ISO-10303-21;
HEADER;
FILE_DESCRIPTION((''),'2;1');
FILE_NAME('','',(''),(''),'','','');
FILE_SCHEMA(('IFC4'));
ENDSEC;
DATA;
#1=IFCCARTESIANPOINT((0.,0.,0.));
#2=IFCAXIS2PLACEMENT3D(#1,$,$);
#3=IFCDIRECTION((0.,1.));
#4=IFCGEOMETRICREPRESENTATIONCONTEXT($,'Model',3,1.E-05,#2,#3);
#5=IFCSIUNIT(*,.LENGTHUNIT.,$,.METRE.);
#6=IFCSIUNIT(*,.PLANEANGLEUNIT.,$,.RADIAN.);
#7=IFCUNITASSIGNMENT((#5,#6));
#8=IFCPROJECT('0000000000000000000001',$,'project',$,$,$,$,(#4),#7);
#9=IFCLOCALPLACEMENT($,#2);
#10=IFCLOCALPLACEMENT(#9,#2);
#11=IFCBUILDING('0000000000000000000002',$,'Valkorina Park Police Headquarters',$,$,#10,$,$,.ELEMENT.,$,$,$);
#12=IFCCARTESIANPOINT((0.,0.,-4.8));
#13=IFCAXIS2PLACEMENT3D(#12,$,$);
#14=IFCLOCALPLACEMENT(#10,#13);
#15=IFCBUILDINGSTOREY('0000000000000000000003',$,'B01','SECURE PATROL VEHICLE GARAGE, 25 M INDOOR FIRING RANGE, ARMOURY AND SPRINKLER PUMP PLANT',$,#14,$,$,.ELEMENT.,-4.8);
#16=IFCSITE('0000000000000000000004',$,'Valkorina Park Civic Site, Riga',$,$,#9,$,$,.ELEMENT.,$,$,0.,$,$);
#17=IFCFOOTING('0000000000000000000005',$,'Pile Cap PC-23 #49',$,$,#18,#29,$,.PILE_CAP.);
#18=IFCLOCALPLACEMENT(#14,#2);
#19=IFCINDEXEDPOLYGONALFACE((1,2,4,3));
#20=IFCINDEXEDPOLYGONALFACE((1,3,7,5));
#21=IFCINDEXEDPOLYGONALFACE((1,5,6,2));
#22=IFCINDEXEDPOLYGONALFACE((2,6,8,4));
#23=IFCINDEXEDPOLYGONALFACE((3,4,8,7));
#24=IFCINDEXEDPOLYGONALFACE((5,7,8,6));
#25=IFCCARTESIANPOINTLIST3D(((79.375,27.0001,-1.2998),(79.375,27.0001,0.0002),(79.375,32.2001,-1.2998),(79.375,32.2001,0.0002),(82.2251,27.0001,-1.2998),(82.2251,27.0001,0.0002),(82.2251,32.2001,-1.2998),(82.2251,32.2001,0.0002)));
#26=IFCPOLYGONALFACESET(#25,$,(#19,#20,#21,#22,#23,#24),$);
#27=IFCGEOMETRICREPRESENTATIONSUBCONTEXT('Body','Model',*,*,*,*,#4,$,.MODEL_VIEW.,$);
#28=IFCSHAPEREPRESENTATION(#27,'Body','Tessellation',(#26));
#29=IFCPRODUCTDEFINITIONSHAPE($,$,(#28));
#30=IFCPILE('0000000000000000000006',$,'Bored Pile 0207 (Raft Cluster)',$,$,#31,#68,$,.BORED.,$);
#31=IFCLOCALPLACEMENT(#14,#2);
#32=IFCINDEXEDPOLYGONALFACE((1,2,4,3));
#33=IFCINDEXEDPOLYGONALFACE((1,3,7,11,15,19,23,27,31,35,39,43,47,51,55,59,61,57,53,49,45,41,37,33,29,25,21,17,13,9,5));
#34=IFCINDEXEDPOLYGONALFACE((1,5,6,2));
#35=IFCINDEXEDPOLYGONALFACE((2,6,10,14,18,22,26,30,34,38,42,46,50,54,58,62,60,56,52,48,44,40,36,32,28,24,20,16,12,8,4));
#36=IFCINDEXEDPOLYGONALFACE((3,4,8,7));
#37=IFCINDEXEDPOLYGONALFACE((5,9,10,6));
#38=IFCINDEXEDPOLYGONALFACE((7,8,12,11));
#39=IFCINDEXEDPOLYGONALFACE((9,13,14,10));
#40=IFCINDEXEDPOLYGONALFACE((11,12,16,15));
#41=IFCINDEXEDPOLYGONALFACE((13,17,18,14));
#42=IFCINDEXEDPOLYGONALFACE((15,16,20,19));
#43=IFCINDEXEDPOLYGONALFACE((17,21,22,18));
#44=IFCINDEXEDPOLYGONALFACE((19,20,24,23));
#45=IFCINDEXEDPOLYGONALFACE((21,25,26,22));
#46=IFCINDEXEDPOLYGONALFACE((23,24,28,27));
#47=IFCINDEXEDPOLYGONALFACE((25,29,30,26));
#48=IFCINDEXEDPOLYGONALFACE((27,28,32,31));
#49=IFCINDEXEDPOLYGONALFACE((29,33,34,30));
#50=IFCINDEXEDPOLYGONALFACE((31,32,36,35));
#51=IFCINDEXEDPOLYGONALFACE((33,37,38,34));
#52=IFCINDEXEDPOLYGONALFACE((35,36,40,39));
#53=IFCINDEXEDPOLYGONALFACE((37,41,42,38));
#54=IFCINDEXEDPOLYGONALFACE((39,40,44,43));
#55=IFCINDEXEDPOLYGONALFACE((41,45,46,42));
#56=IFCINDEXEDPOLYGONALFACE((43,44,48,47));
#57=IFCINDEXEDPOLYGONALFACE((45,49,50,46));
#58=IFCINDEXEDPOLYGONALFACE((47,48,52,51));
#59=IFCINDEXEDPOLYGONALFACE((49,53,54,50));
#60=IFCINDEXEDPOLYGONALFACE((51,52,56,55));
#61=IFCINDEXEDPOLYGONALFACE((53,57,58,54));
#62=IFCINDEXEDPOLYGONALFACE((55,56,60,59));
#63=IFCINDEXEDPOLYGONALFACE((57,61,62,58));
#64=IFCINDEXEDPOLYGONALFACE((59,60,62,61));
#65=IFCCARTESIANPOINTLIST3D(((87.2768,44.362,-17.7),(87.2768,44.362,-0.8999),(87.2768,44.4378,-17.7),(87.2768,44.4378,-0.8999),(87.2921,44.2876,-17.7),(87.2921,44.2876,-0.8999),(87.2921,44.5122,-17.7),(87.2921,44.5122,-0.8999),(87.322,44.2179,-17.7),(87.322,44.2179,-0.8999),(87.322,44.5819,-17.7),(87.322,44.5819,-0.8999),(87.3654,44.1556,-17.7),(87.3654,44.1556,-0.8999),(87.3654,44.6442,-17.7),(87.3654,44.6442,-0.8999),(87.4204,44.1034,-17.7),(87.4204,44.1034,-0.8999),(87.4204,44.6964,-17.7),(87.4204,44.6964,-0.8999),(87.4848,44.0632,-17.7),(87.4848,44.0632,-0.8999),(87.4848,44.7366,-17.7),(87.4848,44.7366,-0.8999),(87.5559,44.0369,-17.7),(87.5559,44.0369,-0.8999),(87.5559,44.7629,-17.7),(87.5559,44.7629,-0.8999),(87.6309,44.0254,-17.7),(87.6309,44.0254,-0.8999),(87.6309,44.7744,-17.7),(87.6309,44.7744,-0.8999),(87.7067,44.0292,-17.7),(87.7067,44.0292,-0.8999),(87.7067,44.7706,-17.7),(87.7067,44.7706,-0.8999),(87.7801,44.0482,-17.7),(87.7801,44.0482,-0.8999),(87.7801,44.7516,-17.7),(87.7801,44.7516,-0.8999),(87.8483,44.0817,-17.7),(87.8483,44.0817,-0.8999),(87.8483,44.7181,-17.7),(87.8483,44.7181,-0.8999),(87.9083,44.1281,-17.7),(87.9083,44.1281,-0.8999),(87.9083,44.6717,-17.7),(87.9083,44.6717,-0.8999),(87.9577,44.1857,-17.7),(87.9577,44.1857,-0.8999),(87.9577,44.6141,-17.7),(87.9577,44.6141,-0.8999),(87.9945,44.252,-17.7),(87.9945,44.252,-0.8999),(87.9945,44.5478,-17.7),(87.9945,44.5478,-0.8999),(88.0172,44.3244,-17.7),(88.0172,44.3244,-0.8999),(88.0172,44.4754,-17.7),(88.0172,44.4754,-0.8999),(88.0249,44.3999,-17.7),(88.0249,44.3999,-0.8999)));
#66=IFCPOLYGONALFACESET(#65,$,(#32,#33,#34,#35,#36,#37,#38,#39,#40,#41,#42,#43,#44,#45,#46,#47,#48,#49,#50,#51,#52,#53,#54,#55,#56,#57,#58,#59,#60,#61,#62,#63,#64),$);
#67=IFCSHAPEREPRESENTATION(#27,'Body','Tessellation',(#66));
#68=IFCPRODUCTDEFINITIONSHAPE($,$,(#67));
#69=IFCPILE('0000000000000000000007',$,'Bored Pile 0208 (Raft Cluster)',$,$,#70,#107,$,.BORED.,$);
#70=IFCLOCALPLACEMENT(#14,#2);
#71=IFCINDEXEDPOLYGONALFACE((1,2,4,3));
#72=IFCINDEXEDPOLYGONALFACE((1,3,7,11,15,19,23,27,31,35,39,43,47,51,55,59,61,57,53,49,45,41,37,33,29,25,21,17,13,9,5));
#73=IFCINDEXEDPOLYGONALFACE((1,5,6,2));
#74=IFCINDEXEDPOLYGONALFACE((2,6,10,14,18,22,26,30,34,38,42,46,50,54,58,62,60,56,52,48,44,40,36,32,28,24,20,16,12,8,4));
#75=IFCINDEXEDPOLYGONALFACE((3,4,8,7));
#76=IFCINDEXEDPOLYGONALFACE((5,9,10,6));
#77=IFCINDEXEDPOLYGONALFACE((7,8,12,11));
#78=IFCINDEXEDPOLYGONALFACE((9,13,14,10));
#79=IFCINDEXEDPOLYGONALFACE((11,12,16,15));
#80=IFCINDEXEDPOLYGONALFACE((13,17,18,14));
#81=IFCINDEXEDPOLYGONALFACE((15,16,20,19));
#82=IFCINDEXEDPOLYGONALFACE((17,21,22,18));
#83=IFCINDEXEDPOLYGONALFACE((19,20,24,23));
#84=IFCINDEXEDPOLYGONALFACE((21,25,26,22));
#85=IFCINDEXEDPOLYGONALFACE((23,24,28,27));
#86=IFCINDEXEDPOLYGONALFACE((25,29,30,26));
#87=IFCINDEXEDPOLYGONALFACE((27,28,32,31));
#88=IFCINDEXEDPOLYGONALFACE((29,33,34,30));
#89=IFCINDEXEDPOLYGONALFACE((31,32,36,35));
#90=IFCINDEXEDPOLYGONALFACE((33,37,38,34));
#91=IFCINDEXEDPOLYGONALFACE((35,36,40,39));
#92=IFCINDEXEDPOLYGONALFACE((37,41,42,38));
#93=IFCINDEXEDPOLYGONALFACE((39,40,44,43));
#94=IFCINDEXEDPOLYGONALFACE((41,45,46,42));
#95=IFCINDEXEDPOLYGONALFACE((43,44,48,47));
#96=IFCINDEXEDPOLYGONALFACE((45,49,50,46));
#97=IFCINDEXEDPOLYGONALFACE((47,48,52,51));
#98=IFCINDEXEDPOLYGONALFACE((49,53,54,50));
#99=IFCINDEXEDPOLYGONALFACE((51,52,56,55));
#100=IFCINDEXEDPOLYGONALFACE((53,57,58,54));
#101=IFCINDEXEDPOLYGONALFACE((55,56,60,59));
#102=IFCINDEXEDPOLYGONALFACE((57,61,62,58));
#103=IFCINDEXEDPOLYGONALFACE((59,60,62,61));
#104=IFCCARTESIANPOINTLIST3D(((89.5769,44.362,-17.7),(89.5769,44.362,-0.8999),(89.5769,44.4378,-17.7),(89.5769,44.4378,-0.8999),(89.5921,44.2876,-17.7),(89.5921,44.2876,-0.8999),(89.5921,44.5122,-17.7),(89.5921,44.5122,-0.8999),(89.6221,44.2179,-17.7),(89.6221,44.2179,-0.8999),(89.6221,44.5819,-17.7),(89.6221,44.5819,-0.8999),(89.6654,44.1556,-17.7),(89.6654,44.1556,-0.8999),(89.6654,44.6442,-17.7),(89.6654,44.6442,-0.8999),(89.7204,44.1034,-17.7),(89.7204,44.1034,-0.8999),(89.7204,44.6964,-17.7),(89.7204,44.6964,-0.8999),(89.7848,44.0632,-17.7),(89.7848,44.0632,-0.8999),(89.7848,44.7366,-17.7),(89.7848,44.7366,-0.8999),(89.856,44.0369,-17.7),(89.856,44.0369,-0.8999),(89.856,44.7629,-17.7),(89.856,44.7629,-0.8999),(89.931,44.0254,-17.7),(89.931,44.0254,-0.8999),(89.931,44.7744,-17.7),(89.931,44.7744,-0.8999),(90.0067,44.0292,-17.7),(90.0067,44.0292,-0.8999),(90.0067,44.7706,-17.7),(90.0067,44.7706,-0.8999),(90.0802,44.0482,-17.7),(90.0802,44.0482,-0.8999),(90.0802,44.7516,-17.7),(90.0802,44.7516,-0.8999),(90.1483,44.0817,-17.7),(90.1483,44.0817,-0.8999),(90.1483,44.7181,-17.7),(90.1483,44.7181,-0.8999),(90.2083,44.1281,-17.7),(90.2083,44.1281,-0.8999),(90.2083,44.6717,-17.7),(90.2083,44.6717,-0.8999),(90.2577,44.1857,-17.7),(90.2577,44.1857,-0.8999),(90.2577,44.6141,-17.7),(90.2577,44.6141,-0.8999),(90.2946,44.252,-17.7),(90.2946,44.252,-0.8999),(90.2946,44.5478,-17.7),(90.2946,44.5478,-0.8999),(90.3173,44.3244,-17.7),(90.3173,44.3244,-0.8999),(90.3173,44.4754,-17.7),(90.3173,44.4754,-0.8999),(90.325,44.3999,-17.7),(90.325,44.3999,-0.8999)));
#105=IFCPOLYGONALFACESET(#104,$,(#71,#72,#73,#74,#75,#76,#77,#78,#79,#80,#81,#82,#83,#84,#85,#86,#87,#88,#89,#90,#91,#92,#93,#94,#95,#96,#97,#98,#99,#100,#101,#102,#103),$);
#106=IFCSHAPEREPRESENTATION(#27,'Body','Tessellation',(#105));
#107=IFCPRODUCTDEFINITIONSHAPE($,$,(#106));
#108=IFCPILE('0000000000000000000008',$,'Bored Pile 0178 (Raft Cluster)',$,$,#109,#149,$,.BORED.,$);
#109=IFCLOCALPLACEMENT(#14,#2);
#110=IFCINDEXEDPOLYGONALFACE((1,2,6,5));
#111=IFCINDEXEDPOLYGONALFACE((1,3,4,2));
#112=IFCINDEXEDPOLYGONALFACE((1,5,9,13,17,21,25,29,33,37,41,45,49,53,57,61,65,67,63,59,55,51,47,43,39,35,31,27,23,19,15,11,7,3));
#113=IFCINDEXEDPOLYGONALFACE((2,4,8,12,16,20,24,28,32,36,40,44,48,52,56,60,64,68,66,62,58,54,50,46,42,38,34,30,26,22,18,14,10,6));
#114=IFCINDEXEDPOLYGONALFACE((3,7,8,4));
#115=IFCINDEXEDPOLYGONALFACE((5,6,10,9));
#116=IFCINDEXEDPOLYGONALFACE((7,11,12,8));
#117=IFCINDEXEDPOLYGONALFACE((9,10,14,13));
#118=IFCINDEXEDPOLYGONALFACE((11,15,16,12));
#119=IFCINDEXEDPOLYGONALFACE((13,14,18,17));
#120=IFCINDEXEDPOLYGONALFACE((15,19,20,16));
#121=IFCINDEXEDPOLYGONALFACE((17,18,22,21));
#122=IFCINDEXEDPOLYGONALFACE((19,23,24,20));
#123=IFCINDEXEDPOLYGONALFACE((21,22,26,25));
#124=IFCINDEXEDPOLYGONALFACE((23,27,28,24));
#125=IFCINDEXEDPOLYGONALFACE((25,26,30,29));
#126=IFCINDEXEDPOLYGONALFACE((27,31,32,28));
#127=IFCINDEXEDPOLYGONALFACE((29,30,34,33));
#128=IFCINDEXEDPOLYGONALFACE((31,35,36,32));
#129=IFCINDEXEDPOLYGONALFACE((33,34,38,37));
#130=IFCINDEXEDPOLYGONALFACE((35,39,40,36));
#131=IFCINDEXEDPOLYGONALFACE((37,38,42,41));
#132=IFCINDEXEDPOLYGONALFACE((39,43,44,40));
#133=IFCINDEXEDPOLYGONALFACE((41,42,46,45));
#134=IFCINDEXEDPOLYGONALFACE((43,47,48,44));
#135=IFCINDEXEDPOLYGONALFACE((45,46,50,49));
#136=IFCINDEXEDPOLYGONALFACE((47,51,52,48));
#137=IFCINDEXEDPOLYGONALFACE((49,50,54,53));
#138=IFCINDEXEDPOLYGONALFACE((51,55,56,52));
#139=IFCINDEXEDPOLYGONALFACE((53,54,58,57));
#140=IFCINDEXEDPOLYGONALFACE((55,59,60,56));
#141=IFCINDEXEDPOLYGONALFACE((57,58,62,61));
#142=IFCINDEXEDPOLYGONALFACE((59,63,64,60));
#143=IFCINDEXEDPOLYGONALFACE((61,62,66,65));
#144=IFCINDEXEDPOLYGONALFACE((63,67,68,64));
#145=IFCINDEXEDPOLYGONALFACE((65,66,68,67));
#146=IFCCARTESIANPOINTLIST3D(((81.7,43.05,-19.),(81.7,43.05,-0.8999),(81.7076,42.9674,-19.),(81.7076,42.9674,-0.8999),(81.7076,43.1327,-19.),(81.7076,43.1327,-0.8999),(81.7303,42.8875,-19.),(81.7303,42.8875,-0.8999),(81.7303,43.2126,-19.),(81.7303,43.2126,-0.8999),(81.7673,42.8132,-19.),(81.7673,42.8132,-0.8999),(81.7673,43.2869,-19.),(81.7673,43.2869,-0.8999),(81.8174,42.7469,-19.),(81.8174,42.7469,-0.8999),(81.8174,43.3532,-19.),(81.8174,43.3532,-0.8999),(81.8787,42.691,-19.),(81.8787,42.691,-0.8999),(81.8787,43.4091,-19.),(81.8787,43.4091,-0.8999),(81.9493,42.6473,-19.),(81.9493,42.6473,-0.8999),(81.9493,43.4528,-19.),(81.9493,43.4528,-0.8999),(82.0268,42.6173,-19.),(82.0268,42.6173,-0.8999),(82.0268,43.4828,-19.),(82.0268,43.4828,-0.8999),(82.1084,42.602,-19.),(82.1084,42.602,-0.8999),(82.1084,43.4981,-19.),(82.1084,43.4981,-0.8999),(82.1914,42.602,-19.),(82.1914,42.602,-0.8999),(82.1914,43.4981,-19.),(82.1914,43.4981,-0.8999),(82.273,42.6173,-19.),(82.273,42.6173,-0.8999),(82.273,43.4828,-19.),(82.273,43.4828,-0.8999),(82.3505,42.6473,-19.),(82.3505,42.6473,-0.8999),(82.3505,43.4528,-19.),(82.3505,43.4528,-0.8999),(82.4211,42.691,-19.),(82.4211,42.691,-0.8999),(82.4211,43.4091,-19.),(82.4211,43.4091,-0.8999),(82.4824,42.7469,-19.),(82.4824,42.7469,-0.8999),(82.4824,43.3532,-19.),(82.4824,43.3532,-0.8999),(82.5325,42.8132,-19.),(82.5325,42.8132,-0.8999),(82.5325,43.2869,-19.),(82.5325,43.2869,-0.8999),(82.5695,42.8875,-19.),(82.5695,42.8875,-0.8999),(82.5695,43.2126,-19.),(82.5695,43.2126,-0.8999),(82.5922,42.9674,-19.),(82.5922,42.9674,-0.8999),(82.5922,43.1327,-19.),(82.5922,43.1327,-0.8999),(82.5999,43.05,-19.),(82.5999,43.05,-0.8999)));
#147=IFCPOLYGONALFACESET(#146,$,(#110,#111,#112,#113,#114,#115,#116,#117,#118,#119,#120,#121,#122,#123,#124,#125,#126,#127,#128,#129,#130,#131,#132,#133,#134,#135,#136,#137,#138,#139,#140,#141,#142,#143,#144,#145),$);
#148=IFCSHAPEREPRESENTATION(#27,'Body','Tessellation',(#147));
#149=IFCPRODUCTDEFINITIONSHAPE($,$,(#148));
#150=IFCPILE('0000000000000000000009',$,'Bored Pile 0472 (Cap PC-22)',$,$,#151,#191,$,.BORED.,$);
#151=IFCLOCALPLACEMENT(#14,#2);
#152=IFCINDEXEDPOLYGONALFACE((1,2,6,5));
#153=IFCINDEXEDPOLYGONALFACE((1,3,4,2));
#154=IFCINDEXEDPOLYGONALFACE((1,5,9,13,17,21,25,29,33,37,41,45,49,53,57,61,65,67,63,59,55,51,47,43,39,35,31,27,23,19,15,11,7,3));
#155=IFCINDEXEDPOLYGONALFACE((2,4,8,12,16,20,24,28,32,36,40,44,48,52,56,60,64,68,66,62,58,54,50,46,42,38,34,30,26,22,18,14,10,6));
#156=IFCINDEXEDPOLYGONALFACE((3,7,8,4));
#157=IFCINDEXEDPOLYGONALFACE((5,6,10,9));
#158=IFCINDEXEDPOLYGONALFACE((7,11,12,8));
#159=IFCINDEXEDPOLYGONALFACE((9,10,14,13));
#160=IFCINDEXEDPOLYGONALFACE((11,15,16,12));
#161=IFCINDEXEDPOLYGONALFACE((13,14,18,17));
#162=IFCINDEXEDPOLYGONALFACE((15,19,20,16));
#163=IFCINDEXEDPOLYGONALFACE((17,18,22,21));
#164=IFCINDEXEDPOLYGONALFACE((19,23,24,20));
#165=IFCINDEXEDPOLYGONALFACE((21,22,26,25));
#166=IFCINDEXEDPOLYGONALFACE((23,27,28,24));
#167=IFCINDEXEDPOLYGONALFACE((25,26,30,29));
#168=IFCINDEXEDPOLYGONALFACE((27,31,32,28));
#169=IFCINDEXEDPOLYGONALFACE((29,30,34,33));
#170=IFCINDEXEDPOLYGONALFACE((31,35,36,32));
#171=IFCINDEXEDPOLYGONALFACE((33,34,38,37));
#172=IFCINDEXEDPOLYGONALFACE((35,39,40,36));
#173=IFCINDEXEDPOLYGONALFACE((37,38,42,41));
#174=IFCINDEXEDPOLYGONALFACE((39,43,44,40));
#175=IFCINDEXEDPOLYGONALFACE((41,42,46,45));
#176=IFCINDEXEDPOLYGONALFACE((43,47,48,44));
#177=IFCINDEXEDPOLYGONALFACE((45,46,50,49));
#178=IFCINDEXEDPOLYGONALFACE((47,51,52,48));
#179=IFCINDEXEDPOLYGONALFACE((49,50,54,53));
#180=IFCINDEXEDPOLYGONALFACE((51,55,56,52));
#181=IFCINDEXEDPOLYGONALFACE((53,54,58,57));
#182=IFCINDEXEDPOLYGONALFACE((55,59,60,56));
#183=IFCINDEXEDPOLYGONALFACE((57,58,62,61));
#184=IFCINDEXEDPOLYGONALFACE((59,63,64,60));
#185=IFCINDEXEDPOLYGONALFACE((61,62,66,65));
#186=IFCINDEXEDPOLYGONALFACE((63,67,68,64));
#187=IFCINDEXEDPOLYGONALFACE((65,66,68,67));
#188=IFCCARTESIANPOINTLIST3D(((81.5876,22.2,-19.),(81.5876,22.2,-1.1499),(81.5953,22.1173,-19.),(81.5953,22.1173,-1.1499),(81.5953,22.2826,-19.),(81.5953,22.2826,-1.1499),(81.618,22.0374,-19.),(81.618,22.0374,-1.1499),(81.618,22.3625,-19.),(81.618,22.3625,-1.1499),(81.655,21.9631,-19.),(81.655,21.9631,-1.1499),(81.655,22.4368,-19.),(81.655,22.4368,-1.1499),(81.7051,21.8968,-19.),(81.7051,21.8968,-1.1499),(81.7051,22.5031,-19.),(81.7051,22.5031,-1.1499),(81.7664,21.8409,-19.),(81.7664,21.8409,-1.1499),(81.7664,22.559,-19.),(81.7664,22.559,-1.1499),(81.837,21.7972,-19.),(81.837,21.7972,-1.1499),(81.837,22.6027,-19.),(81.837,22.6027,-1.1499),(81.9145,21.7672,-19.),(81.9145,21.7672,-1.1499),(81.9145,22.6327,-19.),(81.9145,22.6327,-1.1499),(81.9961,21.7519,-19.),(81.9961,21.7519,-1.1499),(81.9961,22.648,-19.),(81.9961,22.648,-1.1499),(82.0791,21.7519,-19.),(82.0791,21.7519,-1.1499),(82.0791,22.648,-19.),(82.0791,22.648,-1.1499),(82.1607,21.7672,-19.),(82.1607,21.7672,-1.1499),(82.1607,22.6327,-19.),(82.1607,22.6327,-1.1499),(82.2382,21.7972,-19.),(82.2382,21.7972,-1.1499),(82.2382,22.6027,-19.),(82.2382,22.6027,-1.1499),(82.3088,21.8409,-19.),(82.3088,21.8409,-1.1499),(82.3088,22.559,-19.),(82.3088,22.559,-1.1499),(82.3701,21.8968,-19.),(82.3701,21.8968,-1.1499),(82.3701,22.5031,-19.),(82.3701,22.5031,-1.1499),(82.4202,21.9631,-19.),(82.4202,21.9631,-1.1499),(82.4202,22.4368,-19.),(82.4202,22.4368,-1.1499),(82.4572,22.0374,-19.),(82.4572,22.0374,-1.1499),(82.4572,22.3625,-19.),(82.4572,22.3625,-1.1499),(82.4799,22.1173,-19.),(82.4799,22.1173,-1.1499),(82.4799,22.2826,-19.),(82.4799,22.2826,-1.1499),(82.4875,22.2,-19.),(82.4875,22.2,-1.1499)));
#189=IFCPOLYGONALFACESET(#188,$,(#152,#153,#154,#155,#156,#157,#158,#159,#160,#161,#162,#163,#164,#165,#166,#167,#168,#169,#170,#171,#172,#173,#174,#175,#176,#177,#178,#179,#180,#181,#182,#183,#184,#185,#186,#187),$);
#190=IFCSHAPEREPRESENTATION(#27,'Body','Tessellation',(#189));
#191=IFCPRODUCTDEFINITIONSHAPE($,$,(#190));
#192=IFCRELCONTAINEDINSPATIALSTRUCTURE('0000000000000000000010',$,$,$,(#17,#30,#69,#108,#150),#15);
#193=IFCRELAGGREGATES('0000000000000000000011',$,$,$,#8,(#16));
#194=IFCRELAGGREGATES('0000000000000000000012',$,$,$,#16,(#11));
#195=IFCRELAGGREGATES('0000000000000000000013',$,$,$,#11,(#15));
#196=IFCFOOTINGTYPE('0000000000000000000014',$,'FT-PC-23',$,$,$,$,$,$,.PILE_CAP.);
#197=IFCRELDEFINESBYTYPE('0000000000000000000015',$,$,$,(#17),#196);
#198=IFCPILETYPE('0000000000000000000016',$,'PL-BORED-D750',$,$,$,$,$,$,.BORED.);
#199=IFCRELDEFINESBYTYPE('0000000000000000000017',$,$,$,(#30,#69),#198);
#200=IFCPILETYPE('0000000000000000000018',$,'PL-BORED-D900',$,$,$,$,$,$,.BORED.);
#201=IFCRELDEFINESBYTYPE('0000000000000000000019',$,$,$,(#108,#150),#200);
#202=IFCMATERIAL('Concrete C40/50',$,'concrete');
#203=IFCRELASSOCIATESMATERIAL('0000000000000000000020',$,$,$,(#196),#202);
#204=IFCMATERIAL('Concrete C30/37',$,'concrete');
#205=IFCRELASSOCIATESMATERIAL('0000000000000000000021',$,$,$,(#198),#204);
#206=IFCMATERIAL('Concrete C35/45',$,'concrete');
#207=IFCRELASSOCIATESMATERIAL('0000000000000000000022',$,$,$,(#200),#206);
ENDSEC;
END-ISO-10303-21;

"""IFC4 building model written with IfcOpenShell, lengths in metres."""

from ifc_helpers import new_model, si_unit, direction, frame, origin, origin_2d, place, context, subcontext, project, spatial, rectangle, circle, extrude, material, material_profile, profile_set, type_object, element, save


model = new_model("IFC4")

# Units and contexts
model_context = context("Model", 3, precision=1e-05, world=origin(), true_north=direction((0.0, 1.0)))
body_context = subcontext(model_context, "Body", "Model", "MODEL_VIEW")
ifc_project = project(units=[si_unit("LENGTHUNIT", "METRE"), si_unit("PLANEANGLEUNIT", "RADIAN")], contexts=[model_context])

# Site, building, storey
site_placement = place(None, origin())
site = spatial("IfcSite", under=ifc_project, at=site_placement, Name="Valkorina Park Civic Site, Riga", CompositionType="ELEMENT", RefElevation=0.0)
building_placement = place(site_placement, origin())
building = spatial("IfcBuilding", under=site, at=building_placement, Name="Valkorina Park Police Headquarters", CompositionType="ELEMENT")
storey_placement = place(building_placement, frame((0.0, 0.0, -4.8)))
storey = spatial("IfcBuildingStorey", under=building, at=storey_placement, Name="B01", Description="SECURE PATROL VEHICLE GARAGE, 25 M INDOOR FIRING RANGE, ARMOURY AND SPRINKLER PUMP PLANT", CompositionType="ELEMENT", Elevation=-4.8)

# Footing
ifc_material_1 = material(Name="Concrete C40/50", Category="concrete")
footing_type = type_object("IfcFootingType", Name="FT-PC-23", PredefinedType="PILE_CAP", material=ifc_material_1)
footing_placement = place(storey_placement, frame((80.8, 29.6001, -1.2998), z_axis=(0.0, 0.0, 1.0), x_axis=(1.0, 0.0, 0.0)))
element("IfcFooting", 1, at=footing_placement, inside=storey, type_object=footing_type, Name="Pile Cap PC-23 #49", PredefinedType="PILE_CAP", context=body_context, shape_type="SweptSolid", body=[
    extrude(rectangle(XDim=2.8501, YDim=5.2, at=origin_2d()), origin(), (0.0, 0.0, 1.0), 1.3),
])

# Piles
ifc_material_2 = material(Name="Concrete C30/37", Category="concrete")
ifc_material_profile_1 = material_profile(ifc_material_2, circle(Radius=0.375, at=origin_2d()), Name="BORED PILE D750")
ifc_profile_set_1 = profile_set([ifc_material_profile_1], Name="Concrete C30/37")
pile_type_1 = type_object("IfcPileType", Name="PL-BORED-D750", PredefinedType="BORED", material=ifc_profile_set_1)
for number, where, z_axis, x_axis, name in (
    (2, (87.6499, 44.3999, -0.8999), (0.0, 0.0, -1.0), (1.0, 0.0, 0.0), "Bored Pile 0207 (Raft Cluster)"),
    (3, (89.95, 44.3999, -0.8999), (0.0, 0.0, -1.0), (1.0, 0.0, 0.0), "Bored Pile 0208 (Raft Cluster)"),
):
    element("IfcPile", number, at=place(storey_placement, frame(where, z_axis=z_axis, x_axis=x_axis)), inside=storey, type_object=pile_type_1, Name=name, PredefinedType="BORED", context=body_context, shape_type="SweptSolid", body=[
        extrude(circle(Radius=0.375, at=origin_2d()), origin(), (0.0, 0.0, 1.0), 16.8),
    ])
ifc_material_3 = material(Name="Concrete C35/45", Category="concrete")
ifc_material_profile_2 = material_profile(ifc_material_3, circle(Radius=0.45, at=origin_2d()), Name="BORED PILE D900")
ifc_profile_set_2 = profile_set([ifc_material_profile_2], Name="Concrete C35/45")
pile_type_2 = type_object("IfcPileType", Name="PL-BORED-D900", PredefinedType="BORED", material=ifc_profile_set_2)
pile_placement = place(storey_placement, frame((82.1499, 43.05, -0.8999), z_axis=(0.0, 0.0, -1.0), x_axis=(1.0, 0.0, 0.0)))
element("IfcPile", 4, at=pile_placement, inside=storey, type_object=pile_type_2, Name="Bored Pile 0178 (Raft Cluster)", PredefinedType="BORED", context=body_context, shape_type="SweptSolid", body=[
    extrude(circle(Radius=0.45, at=origin_2d()), origin(), (0.0, 0.0, 1.0), 18.1001),
])
for number, where, z_axis, x_axis, name in (
    (5, (82.0376, 22.2, -1.1499), (0.0, 0.0, -1.0), (1.0, 0.0, 0.0), "Bored Pile 0472 (Cap PC-22)"),
):
    element("IfcPile", number, at=place(storey_placement, frame(where, z_axis=z_axis, x_axis=x_axis)), inside=storey, type_object=pile_type_2, Name=name, PredefinedType="BORED", context=body_context, shape_type="SweptSolid", body=[
        extrude(circle(Radius=0.45, at=origin_2d()), origin(), (0.0, 0.0, 1.0), 17.8501),
    ])

save(model, "model.ifc")
